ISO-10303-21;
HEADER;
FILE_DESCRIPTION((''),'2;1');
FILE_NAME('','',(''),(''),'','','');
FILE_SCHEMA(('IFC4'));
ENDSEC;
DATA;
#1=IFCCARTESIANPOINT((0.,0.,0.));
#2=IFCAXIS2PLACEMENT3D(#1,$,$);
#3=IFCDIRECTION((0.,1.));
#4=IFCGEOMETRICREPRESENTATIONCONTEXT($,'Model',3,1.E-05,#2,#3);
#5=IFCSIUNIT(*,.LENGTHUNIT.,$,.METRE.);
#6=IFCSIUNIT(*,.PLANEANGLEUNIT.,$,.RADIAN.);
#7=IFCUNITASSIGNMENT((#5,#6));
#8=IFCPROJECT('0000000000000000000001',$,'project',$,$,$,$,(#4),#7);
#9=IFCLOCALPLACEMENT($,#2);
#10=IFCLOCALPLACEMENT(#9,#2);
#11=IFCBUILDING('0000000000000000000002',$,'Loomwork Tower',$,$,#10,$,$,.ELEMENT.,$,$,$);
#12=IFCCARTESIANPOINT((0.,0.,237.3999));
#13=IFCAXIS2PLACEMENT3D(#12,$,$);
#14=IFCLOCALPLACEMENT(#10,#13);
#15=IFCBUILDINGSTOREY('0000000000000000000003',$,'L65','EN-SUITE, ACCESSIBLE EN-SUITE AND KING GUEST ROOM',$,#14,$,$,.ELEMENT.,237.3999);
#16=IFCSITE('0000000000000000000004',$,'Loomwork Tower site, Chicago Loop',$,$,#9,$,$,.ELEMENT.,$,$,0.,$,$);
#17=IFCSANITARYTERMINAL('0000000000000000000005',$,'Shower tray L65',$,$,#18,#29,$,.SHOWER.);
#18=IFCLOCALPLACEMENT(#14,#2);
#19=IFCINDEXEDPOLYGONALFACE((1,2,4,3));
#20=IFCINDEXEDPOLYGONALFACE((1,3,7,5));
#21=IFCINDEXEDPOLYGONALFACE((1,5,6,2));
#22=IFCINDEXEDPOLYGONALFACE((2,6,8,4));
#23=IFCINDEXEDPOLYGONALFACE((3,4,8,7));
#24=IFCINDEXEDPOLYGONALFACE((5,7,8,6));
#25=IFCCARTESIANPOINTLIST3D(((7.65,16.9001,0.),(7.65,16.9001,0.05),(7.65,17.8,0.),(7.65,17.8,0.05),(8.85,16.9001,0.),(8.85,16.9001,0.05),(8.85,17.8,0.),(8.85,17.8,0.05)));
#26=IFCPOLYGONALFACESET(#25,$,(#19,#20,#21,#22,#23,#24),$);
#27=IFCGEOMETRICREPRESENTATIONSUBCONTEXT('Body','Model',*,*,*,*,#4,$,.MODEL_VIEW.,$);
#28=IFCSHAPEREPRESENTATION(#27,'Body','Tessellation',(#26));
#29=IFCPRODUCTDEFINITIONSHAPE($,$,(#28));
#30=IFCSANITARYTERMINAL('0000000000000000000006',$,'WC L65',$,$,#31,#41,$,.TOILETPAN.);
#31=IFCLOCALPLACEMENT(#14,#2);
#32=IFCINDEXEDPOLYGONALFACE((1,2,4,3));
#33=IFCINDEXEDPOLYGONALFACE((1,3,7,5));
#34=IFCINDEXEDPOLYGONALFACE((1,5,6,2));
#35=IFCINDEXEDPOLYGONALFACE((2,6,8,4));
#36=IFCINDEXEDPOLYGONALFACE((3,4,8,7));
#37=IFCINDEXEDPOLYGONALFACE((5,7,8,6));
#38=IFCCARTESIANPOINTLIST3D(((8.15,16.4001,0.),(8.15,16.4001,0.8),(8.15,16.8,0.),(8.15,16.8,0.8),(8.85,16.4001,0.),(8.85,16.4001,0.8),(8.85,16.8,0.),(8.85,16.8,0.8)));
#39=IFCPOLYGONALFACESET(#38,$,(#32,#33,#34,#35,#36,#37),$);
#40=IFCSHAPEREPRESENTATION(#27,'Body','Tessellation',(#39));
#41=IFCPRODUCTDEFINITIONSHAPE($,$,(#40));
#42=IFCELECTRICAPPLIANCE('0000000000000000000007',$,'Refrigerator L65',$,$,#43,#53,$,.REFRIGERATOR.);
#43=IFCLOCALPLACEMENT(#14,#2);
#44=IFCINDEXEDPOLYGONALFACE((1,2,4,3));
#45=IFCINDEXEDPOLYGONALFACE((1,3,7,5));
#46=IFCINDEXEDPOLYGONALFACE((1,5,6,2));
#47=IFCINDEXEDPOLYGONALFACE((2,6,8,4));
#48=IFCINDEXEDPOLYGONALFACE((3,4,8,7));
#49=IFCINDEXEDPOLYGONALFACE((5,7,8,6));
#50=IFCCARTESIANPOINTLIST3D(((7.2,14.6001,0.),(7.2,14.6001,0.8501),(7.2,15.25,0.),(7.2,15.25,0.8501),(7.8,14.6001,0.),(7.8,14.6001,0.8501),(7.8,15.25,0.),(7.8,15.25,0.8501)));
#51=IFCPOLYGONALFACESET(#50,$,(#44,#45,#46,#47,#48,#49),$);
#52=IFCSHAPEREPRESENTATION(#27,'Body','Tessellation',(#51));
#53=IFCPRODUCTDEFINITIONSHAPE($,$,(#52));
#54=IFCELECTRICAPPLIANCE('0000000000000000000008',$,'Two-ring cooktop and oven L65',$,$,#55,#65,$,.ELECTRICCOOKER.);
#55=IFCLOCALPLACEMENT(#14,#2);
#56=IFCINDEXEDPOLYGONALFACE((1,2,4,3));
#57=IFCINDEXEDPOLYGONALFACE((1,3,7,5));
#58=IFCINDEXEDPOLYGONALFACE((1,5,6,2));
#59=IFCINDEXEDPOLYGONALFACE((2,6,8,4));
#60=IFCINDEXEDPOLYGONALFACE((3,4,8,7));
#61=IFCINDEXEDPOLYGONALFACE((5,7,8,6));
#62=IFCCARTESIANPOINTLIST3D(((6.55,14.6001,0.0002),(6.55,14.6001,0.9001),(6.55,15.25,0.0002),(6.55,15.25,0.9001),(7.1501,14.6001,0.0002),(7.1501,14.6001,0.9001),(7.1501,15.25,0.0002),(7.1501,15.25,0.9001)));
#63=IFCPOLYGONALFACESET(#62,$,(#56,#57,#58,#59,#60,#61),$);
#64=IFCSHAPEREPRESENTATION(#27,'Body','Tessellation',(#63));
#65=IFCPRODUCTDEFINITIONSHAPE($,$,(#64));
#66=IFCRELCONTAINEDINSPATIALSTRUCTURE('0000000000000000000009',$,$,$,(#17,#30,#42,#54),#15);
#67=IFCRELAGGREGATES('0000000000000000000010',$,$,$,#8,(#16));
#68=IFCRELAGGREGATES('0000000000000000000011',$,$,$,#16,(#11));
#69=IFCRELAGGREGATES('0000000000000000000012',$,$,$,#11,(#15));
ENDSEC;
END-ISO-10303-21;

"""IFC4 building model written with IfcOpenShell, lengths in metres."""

from ifc_helpers import new_model, si_unit, direction, frame, origin, origin_2d, place, context, subcontext, project, spatial, rectangle, extrude, element, save


model = new_model("IFC4")

# Units and contexts
model_context = context("Model", 3, precision=1e-05, world=origin(), true_north=direction((0.0, 1.0)))
body_context = subcontext(model_context, "Body", "Model", "MODEL_VIEW")
ifc_project = project(units=[si_unit("LENGTHUNIT", "METRE"), si_unit("PLANEANGLEUNIT", "RADIAN")], contexts=[model_context])

# Site, building, storey
site_placement = place(None, origin())
site = spatial("IfcSite", under=ifc_project, at=site_placement, Name="Loomwork Tower site, Chicago Loop", CompositionType="ELEMENT", RefElevation=0.0)
building_placement = place(site_placement, origin())
building = spatial("IfcBuilding", under=site, at=building_placement, Name="Loomwork Tower", CompositionType="ELEMENT")
storey_placement = place(building_placement, frame((0.0, 0.0, 237.3999)))
storey = spatial("IfcBuildingStorey", under=building, at=storey_placement, Name="L65", Description="EN-SUITE, ACCESSIBLE EN-SUITE AND KING GUEST ROOM", CompositionType="ELEMENT", Elevation=237.3999)

# Sanitary terminals
sanitary_terminal_1_placement = place(storey_placement, frame((8.25, 17.3501, 0.0), z_axis=(0.0, 0.0, 1.0), x_axis=(1.0, 0.0, 0.0)))
element("IfcSanitaryTerminal", 1, at=sanitary_terminal_1_placement, inside=storey, Name="Shower tray L65", PredefinedType="SHOWER", context=body_context, shape_type="SweptSolid", body=[
    extrude(rectangle(XDim=1.2, YDim=0.8999, at=origin_2d()), origin(), (0.0, 0.0, 1.0), 0.05),
])
sanitary_terminal_2_placement = place(storey_placement, frame((8.5, 16.6001, 0.0), z_axis=(0.0, 0.0, 1.0), x_axis=(1.0, 0.0, 0.0)))
element("IfcSanitaryTerminal", 2, at=sanitary_terminal_2_placement, inside=storey, Name="WC L65", PredefinedType="TOILETPAN", context=body_context, shape_type="SweptSolid", body=[
    extrude(rectangle(XDim=0.7, YDim=0.3999, at=origin_2d()), origin(), (0.0, 0.0, 1.0), 0.8),
])

# Electric appliances
electric_appliance_1_placement = place(storey_placement, frame((7.5, 14.925, 0.0), z_axis=(0.0, 0.0, 1.0), x_axis=(1.0, 0.0, 0.0)))
element("IfcElectricAppliance", 3, at=electric_appliance_1_placement, inside=storey, Name="Refrigerator L65", PredefinedType="REFRIGERATOR", context=body_context, shape_type="SweptSolid", body=[
    extrude(rectangle(XDim=0.6001, YDim=0.6499, at=origin_2d()), origin(), (0.0, 0.0, 1.0), 0.8501),
])
electric_appliance_2_placement = place(storey_placement, frame((6.8501, 14.925, 0.0002), z_axis=(0.0, 0.0, 1.0), x_axis=(1.0, 0.0, 0.0)))
element("IfcElectricAppliance", 4, at=electric_appliance_2_placement, inside=storey, Name="Two-ring cooktop and oven L65", PredefinedType="ELECTRICCOOKER", context=body_context, shape_type="SweptSolid", body=[
    extrude(rectangle(XDim=0.6001, YDim=0.6499, at=origin_2d()), origin(), (0.0, 0.0, 1.0), 0.8999),
])

save(model, "model.ifc")
